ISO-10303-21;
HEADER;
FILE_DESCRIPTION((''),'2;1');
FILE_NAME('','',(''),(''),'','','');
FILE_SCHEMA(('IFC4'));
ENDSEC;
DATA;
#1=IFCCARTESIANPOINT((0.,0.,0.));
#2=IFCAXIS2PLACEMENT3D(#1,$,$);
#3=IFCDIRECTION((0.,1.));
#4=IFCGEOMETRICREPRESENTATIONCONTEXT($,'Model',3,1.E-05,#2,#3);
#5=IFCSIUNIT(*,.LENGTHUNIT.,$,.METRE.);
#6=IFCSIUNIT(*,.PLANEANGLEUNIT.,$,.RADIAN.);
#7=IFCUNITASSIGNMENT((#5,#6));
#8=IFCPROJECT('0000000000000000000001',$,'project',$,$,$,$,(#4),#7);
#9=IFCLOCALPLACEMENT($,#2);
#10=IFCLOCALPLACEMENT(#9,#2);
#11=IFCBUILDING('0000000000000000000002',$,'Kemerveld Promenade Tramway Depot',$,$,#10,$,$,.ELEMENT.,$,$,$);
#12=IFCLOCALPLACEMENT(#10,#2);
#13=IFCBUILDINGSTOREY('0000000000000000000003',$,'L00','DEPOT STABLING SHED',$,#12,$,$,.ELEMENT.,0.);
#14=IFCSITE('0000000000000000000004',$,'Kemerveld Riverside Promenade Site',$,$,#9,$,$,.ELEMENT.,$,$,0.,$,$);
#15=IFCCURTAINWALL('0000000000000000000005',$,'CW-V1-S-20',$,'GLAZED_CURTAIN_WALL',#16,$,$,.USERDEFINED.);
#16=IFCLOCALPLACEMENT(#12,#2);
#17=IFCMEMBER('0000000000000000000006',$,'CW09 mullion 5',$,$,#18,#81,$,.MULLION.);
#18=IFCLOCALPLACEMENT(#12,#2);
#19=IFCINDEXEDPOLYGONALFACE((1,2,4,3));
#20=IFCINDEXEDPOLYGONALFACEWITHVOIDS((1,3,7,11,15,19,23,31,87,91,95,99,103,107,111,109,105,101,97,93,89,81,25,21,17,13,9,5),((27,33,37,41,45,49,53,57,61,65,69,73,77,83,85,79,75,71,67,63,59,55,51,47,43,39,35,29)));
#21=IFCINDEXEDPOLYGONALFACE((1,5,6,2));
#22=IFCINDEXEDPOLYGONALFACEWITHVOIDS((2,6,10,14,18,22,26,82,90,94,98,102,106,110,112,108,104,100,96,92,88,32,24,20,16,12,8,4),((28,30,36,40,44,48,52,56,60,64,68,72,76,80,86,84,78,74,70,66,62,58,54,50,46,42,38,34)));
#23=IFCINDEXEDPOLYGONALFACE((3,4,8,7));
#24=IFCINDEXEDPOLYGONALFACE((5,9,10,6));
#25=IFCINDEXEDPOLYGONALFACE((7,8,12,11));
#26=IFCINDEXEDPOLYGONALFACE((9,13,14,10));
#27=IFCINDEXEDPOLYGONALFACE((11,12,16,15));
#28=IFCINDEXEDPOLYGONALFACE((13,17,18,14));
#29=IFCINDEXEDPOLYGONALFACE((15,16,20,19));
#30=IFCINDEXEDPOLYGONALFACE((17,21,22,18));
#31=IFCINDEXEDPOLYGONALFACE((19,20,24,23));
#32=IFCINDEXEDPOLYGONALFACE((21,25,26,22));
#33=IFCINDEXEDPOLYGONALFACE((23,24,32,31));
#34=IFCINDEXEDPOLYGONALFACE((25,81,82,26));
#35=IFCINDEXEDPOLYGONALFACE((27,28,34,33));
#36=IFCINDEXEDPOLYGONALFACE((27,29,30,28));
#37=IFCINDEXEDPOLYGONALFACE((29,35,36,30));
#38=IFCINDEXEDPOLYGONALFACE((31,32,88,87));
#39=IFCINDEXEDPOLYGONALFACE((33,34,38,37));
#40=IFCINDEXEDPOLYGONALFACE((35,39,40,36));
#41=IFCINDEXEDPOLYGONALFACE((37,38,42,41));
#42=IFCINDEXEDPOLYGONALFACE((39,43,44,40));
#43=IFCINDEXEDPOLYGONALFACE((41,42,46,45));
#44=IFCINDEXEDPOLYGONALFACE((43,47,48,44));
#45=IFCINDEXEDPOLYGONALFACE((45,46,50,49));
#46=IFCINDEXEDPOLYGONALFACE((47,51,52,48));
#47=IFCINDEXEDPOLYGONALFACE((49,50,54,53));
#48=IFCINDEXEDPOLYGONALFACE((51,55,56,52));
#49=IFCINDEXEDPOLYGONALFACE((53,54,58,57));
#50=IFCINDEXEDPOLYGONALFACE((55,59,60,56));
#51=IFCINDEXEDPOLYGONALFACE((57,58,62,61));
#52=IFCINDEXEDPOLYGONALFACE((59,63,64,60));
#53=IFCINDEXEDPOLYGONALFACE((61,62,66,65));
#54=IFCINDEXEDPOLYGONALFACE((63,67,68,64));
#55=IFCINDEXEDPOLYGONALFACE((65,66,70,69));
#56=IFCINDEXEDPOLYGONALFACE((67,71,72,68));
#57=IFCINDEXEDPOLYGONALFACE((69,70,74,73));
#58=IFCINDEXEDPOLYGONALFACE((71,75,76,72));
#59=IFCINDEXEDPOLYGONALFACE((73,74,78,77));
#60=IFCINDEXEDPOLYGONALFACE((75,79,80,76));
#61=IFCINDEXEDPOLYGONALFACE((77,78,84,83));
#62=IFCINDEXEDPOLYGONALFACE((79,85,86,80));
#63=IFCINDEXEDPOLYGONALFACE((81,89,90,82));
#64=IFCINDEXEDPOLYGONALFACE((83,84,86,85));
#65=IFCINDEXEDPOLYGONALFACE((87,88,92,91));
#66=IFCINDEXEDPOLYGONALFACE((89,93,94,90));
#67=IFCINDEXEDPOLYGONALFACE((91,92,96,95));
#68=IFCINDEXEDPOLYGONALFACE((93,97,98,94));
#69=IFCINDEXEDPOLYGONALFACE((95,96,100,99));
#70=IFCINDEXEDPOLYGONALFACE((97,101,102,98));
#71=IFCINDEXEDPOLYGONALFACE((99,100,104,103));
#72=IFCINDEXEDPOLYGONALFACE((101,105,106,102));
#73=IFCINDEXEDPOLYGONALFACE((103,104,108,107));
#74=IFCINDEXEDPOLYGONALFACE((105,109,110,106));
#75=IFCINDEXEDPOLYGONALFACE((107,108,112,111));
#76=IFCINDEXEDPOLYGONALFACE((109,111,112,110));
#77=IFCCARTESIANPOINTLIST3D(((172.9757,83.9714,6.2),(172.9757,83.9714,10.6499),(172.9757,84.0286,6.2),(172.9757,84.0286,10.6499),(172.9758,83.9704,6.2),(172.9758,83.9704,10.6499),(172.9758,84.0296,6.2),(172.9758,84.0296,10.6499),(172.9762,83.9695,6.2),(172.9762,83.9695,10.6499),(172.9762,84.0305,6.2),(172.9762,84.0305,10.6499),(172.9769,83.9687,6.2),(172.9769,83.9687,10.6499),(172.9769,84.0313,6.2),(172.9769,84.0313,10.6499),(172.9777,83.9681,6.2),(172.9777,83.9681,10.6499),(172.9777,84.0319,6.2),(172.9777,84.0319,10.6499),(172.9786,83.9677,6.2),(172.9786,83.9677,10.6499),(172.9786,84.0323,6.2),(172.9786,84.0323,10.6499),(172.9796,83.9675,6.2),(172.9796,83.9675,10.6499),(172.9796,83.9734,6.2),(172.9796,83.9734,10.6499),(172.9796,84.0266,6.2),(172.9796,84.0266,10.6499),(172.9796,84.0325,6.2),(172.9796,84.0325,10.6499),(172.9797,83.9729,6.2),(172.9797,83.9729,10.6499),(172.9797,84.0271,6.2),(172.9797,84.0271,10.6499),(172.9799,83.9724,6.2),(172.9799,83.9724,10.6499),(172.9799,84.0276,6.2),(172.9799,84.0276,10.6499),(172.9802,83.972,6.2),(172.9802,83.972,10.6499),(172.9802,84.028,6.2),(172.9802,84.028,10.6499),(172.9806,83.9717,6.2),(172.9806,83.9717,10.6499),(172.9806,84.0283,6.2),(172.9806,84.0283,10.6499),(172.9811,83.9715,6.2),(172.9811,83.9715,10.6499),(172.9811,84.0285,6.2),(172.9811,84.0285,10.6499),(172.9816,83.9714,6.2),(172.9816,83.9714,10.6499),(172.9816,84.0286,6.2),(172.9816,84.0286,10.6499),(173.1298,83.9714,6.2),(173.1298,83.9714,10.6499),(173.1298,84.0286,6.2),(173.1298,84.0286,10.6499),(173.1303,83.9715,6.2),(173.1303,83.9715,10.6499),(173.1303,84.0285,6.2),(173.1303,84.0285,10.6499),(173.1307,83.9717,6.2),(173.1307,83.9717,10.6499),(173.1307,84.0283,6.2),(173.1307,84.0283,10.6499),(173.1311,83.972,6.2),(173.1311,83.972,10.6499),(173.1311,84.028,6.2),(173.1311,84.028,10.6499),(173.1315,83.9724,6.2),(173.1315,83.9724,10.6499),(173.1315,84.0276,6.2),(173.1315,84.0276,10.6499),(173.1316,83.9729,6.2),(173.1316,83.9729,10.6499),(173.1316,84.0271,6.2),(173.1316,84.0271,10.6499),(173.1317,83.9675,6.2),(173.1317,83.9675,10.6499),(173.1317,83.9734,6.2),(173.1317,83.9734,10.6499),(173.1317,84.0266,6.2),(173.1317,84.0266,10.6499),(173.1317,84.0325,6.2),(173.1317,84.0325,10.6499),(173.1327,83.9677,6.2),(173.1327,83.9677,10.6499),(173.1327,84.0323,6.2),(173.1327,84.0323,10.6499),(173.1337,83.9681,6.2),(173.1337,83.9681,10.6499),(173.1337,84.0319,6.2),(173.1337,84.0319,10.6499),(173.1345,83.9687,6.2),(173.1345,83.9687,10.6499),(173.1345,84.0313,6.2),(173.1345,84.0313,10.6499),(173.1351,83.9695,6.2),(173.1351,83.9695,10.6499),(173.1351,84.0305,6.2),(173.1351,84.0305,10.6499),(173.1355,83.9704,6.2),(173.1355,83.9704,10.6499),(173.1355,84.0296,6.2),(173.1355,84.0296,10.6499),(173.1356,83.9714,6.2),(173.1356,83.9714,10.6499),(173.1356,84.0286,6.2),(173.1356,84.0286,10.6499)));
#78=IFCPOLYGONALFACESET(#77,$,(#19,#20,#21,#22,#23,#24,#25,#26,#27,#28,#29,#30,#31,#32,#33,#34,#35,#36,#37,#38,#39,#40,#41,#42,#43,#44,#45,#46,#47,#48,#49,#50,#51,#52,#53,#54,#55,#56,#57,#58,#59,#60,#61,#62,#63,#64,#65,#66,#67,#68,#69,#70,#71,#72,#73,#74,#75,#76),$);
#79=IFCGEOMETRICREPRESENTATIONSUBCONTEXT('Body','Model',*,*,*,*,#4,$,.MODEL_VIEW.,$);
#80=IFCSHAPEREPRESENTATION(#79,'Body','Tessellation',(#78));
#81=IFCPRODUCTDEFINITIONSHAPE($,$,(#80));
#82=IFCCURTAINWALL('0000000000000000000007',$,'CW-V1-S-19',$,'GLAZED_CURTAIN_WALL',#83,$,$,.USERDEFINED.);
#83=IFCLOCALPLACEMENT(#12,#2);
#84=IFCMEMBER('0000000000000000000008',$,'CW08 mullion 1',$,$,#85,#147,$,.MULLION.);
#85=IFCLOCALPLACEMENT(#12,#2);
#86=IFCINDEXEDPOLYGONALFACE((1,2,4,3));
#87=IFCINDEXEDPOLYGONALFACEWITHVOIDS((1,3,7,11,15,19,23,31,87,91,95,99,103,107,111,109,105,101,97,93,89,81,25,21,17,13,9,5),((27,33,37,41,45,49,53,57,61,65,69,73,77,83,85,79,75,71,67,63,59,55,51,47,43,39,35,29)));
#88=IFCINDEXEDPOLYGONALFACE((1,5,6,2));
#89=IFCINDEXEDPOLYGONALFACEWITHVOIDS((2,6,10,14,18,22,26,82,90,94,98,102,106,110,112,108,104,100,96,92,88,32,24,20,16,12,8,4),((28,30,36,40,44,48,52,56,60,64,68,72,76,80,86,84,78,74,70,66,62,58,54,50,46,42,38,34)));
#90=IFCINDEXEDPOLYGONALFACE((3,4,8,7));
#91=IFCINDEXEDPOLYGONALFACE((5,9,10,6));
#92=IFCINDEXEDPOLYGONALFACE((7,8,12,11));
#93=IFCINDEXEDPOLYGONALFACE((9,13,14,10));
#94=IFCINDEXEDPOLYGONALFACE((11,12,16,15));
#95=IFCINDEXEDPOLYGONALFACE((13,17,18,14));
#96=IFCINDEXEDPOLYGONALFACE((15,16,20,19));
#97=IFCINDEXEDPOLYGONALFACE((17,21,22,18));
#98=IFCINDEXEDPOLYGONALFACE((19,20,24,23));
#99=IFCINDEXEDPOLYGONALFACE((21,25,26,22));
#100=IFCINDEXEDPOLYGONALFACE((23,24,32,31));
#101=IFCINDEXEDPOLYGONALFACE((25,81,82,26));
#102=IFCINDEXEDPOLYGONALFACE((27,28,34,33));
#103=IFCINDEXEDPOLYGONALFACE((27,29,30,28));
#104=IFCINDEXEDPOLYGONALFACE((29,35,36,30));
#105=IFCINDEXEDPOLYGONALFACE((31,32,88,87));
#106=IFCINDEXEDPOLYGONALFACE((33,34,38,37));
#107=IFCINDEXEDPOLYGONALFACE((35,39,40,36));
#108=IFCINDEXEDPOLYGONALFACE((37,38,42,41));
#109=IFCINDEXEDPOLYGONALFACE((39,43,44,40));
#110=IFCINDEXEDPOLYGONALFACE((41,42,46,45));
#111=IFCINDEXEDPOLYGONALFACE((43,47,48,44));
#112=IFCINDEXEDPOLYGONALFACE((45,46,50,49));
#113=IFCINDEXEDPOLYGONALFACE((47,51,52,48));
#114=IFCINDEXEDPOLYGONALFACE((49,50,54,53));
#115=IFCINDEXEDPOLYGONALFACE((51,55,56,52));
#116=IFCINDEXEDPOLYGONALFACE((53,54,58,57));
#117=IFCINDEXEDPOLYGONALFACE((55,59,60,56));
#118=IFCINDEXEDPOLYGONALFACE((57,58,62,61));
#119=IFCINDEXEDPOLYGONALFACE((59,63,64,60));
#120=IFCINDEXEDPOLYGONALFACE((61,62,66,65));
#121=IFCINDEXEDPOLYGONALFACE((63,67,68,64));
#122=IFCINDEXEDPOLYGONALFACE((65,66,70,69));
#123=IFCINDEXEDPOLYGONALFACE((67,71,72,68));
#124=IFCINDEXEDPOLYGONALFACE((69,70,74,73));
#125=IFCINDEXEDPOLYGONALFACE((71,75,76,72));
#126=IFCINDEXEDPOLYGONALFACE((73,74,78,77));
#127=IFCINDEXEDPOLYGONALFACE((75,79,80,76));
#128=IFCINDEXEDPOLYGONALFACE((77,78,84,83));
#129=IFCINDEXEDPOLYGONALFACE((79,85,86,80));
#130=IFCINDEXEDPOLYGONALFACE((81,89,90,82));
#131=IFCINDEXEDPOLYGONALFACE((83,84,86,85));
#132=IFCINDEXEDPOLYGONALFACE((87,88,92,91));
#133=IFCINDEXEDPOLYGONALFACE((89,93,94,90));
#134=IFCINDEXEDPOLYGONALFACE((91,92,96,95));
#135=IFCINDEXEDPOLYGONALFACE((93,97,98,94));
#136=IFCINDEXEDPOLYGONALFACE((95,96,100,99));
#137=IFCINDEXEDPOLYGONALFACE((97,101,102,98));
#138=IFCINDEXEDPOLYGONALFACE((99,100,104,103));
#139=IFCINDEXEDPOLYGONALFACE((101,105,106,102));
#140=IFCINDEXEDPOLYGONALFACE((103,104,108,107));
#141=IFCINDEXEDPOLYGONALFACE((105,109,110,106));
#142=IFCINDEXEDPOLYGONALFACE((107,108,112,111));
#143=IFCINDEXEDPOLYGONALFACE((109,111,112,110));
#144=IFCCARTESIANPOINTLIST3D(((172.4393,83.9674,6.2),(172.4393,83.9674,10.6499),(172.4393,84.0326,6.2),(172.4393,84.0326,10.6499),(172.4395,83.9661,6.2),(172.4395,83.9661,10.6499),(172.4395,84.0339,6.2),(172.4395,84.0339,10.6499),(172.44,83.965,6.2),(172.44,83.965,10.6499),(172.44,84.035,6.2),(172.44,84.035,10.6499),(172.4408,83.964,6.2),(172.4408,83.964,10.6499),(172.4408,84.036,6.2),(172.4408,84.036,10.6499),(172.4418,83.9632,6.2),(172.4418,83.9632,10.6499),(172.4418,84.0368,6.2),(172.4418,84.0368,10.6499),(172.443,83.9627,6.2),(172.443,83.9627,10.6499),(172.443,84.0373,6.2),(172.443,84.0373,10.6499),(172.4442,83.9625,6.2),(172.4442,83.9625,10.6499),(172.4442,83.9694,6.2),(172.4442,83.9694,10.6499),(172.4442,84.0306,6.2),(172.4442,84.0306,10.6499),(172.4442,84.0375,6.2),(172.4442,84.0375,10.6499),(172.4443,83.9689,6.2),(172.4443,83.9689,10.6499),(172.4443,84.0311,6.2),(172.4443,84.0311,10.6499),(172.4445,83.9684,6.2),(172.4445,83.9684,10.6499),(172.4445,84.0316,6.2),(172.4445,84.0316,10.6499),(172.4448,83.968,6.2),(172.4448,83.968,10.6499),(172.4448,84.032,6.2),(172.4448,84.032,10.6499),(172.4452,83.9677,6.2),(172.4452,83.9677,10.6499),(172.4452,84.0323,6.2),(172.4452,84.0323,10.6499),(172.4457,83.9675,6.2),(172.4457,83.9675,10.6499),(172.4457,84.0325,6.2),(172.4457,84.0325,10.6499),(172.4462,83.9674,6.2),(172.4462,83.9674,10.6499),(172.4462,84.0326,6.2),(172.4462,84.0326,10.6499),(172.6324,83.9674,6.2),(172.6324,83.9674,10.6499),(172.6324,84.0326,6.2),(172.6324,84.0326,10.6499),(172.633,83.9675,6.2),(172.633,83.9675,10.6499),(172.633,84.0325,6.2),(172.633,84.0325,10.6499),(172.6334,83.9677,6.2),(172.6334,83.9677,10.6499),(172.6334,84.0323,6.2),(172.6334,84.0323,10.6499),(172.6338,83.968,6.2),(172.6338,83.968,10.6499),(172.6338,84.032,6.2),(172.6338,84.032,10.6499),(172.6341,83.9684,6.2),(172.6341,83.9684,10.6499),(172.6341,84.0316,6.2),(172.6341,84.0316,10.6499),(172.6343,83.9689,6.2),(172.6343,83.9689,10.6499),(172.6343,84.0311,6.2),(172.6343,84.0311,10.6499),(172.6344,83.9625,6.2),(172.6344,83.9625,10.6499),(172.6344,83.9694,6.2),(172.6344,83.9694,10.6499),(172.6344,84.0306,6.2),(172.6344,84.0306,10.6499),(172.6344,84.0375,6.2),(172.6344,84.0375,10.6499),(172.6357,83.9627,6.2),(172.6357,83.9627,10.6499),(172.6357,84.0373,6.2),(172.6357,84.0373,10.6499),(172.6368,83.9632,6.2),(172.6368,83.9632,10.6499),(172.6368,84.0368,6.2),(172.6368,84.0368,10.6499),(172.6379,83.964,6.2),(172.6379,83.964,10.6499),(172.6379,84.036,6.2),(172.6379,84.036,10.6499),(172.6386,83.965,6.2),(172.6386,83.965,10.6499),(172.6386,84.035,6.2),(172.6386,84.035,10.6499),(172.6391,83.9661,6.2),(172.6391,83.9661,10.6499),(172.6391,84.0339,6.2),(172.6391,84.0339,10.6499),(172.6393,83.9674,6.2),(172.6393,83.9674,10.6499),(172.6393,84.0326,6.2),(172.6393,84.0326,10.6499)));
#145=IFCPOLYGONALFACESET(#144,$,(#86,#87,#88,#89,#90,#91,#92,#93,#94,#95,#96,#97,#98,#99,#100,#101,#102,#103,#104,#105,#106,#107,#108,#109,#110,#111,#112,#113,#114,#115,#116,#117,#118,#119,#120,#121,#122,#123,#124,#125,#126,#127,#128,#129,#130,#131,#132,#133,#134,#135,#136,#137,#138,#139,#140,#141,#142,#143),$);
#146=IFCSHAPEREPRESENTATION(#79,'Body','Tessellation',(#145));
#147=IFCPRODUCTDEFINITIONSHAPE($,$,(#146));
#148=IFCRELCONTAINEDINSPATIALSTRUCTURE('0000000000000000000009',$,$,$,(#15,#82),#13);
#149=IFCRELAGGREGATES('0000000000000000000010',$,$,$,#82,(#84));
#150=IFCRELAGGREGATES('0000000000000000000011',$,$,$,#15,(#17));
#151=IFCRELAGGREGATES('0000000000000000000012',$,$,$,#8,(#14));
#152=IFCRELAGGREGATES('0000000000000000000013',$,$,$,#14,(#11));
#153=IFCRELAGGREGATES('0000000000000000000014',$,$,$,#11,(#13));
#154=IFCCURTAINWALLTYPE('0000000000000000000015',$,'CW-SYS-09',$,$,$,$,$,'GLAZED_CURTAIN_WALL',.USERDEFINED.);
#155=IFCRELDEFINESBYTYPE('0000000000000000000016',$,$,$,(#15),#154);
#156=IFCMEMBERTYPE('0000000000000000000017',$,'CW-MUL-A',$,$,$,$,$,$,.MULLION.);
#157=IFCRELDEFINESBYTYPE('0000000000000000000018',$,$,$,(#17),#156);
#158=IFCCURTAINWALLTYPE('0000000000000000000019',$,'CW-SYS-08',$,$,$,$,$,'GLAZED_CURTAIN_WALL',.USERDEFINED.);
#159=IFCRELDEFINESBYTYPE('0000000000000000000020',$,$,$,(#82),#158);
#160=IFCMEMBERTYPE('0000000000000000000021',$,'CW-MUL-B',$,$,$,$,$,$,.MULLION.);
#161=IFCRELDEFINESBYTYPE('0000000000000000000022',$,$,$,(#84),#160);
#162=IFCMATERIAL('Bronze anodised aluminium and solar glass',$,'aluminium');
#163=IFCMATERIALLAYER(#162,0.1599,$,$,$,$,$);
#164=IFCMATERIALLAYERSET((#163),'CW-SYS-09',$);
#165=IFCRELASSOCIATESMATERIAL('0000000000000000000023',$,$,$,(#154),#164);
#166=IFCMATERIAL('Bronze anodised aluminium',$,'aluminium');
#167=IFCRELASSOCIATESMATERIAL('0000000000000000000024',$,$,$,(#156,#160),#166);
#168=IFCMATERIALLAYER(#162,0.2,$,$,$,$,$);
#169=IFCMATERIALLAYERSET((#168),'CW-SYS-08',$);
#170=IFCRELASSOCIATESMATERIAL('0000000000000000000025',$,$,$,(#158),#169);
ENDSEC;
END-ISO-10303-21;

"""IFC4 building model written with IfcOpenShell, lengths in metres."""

from ifc_helpers import new_model, si_unit, direction, frame, origin, origin_2d, place, context, subcontext, project, spatial, hollow_rectangle, extrude, material, layer, layer_set, material_profile, profile_set, type_object, element, aggregate, save


model = new_model("IFC4")

# Units and contexts
model_context = context("Model", 3, precision=1e-05, world=origin(), true_north=direction((0.0, 1.0)))
body_context = subcontext(model_context, "Body", "Model", "MODEL_VIEW")
ifc_project = project(units=[si_unit("LENGTHUNIT", "METRE"), si_unit("PLANEANGLEUNIT", "RADIAN")], contexts=[model_context])

# Site, building, storey
site_placement = place(None, origin())
site = spatial("IfcSite", under=ifc_project, at=site_placement, Name="Kemerveld Riverside Promenade Site", CompositionType="ELEMENT", RefElevation=0.0)
building_placement = place(site_placement, origin())
building = spatial("IfcBuilding", under=site, at=building_placement, Name="Kemerveld Promenade Tramway Depot", CompositionType="ELEMENT")
storey_placement = place(building_placement, origin())
storey = spatial("IfcBuildingStorey", under=building, at=storey_placement, Name="L00", Description="DEPOT STABLING SHED", CompositionType="ELEMENT", Elevation=0.0)

# Curtain walls, members
ifc_material_1 = material(Name="Bronze anodised aluminium and solar glass", Category="aluminium")
ifc_layer_1 = layer(ifc_material_1, 0.1599)
ifc_layer_set_1 = layer_set([ifc_layer_1], Name="CW-SYS-09")
curtain_wall_type_1 = type_object("IfcCurtainWallType", Name="CW-SYS-09", ElementType="GLAZED_CURTAIN_WALL", PredefinedType="USERDEFINED", material=ifc_layer_set_1)
curtain_wall_1_placement = place(storey_placement, origin())
curtain_wall_1 = element("IfcCurtainWall", 1, at=curtain_wall_1_placement, inside=storey, type_object=curtain_wall_type_1, Name="CW-V1-S-20", ObjectType="GLAZED_CURTAIN_WALL", PredefinedType="USERDEFINED")
ifc_material_2 = material(Name="Bronze anodised aluminium", Category="aluminium")
ifc_material_profile_1 = material_profile(ifc_material_2, hollow_rectangle(XDim=0.0649, YDim=0.1599, WallThickness=0.0039, InnerFilletRadius=0.002, OuterFilletRadius=0.0039, at=origin_2d()), Name="CW-MUL-160x65")
ifc_profile_set_1 = profile_set([ifc_material_profile_1], Name="Bronze anodised aluminium")
member_type_1 = type_object("IfcMemberType", Name="CW-MUL-A", PredefinedType="MULLION", material=ifc_profile_set_1)
member_1_placement = place(storey_placement, frame((173.0557, 84.0, 6.2), z_axis=(0.0, 0.0, 1.0), x_axis=(0.0, -1.0, 0.0)))
member_1 = element("IfcMember", 2, at=member_1_placement, type_object=member_type_1, Name="CW09 mullion 5", PredefinedType="MULLION", context=body_context, shape_type="SweptSolid", body=[
    extrude(hollow_rectangle(XDim=0.0649, YDim=0.1599, WallThickness=0.0039, InnerFilletRadius=0.002, OuterFilletRadius=0.0039, at=origin_2d()), origin(), (0.0, 0.0, 1.0), 4.45),
])
ifc_layer_2 = layer(ifc_material_1, 0.2)
ifc_layer_set_2 = layer_set([ifc_layer_2], Name="CW-SYS-08")
curtain_wall_type_2 = type_object("IfcCurtainWallType", Name="CW-SYS-08", ElementType="GLAZED_CURTAIN_WALL", PredefinedType="USERDEFINED", material=ifc_layer_set_2)
curtain_wall_2_placement = place(storey_placement, origin())
curtain_wall_2 = element("IfcCurtainWall", 3, at=curtain_wall_2_placement, inside=storey, type_object=curtain_wall_type_2, Name="CW-V1-S-19", ObjectType="GLAZED_CURTAIN_WALL", PredefinedType="USERDEFINED")
ifc_material_profile_2 = material_profile(ifc_material_2, hollow_rectangle(XDim=0.075, YDim=0.2, WallThickness=0.0049, InnerFilletRadius=0.002, OuterFilletRadius=0.0049, at=origin_2d()), Name="CW-MUL-200x75")
ifc_profile_set_2 = profile_set([ifc_material_profile_2], Name="Bronze anodised aluminium")
member_type_2 = type_object("IfcMemberType", Name="CW-MUL-B", PredefinedType="MULLION", material=ifc_profile_set_2)
member_2_placement = place(storey_placement, frame((172.5393, 84.0, 6.2), z_axis=(0.0, 0.0, 1.0), x_axis=(0.0, -1.0, 0.0)))
member_2 = element("IfcMember", 4, at=member_2_placement, type_object=member_type_2, Name="CW08 mullion 1", PredefinedType="MULLION", context=body_context, shape_type="SweptSolid", body=[
    extrude(hollow_rectangle(XDim=0.075, YDim=0.2, WallThickness=0.0049, InnerFilletRadius=0.002, OuterFilletRadius=0.0049, at=origin_2d()), origin(), (0.0, 0.0, 1.0), 4.45),
])

aggregate(curtain_wall_2, [member_2])
aggregate(curtain_wall_1, [member_1])

save(model, "model.ifc")
